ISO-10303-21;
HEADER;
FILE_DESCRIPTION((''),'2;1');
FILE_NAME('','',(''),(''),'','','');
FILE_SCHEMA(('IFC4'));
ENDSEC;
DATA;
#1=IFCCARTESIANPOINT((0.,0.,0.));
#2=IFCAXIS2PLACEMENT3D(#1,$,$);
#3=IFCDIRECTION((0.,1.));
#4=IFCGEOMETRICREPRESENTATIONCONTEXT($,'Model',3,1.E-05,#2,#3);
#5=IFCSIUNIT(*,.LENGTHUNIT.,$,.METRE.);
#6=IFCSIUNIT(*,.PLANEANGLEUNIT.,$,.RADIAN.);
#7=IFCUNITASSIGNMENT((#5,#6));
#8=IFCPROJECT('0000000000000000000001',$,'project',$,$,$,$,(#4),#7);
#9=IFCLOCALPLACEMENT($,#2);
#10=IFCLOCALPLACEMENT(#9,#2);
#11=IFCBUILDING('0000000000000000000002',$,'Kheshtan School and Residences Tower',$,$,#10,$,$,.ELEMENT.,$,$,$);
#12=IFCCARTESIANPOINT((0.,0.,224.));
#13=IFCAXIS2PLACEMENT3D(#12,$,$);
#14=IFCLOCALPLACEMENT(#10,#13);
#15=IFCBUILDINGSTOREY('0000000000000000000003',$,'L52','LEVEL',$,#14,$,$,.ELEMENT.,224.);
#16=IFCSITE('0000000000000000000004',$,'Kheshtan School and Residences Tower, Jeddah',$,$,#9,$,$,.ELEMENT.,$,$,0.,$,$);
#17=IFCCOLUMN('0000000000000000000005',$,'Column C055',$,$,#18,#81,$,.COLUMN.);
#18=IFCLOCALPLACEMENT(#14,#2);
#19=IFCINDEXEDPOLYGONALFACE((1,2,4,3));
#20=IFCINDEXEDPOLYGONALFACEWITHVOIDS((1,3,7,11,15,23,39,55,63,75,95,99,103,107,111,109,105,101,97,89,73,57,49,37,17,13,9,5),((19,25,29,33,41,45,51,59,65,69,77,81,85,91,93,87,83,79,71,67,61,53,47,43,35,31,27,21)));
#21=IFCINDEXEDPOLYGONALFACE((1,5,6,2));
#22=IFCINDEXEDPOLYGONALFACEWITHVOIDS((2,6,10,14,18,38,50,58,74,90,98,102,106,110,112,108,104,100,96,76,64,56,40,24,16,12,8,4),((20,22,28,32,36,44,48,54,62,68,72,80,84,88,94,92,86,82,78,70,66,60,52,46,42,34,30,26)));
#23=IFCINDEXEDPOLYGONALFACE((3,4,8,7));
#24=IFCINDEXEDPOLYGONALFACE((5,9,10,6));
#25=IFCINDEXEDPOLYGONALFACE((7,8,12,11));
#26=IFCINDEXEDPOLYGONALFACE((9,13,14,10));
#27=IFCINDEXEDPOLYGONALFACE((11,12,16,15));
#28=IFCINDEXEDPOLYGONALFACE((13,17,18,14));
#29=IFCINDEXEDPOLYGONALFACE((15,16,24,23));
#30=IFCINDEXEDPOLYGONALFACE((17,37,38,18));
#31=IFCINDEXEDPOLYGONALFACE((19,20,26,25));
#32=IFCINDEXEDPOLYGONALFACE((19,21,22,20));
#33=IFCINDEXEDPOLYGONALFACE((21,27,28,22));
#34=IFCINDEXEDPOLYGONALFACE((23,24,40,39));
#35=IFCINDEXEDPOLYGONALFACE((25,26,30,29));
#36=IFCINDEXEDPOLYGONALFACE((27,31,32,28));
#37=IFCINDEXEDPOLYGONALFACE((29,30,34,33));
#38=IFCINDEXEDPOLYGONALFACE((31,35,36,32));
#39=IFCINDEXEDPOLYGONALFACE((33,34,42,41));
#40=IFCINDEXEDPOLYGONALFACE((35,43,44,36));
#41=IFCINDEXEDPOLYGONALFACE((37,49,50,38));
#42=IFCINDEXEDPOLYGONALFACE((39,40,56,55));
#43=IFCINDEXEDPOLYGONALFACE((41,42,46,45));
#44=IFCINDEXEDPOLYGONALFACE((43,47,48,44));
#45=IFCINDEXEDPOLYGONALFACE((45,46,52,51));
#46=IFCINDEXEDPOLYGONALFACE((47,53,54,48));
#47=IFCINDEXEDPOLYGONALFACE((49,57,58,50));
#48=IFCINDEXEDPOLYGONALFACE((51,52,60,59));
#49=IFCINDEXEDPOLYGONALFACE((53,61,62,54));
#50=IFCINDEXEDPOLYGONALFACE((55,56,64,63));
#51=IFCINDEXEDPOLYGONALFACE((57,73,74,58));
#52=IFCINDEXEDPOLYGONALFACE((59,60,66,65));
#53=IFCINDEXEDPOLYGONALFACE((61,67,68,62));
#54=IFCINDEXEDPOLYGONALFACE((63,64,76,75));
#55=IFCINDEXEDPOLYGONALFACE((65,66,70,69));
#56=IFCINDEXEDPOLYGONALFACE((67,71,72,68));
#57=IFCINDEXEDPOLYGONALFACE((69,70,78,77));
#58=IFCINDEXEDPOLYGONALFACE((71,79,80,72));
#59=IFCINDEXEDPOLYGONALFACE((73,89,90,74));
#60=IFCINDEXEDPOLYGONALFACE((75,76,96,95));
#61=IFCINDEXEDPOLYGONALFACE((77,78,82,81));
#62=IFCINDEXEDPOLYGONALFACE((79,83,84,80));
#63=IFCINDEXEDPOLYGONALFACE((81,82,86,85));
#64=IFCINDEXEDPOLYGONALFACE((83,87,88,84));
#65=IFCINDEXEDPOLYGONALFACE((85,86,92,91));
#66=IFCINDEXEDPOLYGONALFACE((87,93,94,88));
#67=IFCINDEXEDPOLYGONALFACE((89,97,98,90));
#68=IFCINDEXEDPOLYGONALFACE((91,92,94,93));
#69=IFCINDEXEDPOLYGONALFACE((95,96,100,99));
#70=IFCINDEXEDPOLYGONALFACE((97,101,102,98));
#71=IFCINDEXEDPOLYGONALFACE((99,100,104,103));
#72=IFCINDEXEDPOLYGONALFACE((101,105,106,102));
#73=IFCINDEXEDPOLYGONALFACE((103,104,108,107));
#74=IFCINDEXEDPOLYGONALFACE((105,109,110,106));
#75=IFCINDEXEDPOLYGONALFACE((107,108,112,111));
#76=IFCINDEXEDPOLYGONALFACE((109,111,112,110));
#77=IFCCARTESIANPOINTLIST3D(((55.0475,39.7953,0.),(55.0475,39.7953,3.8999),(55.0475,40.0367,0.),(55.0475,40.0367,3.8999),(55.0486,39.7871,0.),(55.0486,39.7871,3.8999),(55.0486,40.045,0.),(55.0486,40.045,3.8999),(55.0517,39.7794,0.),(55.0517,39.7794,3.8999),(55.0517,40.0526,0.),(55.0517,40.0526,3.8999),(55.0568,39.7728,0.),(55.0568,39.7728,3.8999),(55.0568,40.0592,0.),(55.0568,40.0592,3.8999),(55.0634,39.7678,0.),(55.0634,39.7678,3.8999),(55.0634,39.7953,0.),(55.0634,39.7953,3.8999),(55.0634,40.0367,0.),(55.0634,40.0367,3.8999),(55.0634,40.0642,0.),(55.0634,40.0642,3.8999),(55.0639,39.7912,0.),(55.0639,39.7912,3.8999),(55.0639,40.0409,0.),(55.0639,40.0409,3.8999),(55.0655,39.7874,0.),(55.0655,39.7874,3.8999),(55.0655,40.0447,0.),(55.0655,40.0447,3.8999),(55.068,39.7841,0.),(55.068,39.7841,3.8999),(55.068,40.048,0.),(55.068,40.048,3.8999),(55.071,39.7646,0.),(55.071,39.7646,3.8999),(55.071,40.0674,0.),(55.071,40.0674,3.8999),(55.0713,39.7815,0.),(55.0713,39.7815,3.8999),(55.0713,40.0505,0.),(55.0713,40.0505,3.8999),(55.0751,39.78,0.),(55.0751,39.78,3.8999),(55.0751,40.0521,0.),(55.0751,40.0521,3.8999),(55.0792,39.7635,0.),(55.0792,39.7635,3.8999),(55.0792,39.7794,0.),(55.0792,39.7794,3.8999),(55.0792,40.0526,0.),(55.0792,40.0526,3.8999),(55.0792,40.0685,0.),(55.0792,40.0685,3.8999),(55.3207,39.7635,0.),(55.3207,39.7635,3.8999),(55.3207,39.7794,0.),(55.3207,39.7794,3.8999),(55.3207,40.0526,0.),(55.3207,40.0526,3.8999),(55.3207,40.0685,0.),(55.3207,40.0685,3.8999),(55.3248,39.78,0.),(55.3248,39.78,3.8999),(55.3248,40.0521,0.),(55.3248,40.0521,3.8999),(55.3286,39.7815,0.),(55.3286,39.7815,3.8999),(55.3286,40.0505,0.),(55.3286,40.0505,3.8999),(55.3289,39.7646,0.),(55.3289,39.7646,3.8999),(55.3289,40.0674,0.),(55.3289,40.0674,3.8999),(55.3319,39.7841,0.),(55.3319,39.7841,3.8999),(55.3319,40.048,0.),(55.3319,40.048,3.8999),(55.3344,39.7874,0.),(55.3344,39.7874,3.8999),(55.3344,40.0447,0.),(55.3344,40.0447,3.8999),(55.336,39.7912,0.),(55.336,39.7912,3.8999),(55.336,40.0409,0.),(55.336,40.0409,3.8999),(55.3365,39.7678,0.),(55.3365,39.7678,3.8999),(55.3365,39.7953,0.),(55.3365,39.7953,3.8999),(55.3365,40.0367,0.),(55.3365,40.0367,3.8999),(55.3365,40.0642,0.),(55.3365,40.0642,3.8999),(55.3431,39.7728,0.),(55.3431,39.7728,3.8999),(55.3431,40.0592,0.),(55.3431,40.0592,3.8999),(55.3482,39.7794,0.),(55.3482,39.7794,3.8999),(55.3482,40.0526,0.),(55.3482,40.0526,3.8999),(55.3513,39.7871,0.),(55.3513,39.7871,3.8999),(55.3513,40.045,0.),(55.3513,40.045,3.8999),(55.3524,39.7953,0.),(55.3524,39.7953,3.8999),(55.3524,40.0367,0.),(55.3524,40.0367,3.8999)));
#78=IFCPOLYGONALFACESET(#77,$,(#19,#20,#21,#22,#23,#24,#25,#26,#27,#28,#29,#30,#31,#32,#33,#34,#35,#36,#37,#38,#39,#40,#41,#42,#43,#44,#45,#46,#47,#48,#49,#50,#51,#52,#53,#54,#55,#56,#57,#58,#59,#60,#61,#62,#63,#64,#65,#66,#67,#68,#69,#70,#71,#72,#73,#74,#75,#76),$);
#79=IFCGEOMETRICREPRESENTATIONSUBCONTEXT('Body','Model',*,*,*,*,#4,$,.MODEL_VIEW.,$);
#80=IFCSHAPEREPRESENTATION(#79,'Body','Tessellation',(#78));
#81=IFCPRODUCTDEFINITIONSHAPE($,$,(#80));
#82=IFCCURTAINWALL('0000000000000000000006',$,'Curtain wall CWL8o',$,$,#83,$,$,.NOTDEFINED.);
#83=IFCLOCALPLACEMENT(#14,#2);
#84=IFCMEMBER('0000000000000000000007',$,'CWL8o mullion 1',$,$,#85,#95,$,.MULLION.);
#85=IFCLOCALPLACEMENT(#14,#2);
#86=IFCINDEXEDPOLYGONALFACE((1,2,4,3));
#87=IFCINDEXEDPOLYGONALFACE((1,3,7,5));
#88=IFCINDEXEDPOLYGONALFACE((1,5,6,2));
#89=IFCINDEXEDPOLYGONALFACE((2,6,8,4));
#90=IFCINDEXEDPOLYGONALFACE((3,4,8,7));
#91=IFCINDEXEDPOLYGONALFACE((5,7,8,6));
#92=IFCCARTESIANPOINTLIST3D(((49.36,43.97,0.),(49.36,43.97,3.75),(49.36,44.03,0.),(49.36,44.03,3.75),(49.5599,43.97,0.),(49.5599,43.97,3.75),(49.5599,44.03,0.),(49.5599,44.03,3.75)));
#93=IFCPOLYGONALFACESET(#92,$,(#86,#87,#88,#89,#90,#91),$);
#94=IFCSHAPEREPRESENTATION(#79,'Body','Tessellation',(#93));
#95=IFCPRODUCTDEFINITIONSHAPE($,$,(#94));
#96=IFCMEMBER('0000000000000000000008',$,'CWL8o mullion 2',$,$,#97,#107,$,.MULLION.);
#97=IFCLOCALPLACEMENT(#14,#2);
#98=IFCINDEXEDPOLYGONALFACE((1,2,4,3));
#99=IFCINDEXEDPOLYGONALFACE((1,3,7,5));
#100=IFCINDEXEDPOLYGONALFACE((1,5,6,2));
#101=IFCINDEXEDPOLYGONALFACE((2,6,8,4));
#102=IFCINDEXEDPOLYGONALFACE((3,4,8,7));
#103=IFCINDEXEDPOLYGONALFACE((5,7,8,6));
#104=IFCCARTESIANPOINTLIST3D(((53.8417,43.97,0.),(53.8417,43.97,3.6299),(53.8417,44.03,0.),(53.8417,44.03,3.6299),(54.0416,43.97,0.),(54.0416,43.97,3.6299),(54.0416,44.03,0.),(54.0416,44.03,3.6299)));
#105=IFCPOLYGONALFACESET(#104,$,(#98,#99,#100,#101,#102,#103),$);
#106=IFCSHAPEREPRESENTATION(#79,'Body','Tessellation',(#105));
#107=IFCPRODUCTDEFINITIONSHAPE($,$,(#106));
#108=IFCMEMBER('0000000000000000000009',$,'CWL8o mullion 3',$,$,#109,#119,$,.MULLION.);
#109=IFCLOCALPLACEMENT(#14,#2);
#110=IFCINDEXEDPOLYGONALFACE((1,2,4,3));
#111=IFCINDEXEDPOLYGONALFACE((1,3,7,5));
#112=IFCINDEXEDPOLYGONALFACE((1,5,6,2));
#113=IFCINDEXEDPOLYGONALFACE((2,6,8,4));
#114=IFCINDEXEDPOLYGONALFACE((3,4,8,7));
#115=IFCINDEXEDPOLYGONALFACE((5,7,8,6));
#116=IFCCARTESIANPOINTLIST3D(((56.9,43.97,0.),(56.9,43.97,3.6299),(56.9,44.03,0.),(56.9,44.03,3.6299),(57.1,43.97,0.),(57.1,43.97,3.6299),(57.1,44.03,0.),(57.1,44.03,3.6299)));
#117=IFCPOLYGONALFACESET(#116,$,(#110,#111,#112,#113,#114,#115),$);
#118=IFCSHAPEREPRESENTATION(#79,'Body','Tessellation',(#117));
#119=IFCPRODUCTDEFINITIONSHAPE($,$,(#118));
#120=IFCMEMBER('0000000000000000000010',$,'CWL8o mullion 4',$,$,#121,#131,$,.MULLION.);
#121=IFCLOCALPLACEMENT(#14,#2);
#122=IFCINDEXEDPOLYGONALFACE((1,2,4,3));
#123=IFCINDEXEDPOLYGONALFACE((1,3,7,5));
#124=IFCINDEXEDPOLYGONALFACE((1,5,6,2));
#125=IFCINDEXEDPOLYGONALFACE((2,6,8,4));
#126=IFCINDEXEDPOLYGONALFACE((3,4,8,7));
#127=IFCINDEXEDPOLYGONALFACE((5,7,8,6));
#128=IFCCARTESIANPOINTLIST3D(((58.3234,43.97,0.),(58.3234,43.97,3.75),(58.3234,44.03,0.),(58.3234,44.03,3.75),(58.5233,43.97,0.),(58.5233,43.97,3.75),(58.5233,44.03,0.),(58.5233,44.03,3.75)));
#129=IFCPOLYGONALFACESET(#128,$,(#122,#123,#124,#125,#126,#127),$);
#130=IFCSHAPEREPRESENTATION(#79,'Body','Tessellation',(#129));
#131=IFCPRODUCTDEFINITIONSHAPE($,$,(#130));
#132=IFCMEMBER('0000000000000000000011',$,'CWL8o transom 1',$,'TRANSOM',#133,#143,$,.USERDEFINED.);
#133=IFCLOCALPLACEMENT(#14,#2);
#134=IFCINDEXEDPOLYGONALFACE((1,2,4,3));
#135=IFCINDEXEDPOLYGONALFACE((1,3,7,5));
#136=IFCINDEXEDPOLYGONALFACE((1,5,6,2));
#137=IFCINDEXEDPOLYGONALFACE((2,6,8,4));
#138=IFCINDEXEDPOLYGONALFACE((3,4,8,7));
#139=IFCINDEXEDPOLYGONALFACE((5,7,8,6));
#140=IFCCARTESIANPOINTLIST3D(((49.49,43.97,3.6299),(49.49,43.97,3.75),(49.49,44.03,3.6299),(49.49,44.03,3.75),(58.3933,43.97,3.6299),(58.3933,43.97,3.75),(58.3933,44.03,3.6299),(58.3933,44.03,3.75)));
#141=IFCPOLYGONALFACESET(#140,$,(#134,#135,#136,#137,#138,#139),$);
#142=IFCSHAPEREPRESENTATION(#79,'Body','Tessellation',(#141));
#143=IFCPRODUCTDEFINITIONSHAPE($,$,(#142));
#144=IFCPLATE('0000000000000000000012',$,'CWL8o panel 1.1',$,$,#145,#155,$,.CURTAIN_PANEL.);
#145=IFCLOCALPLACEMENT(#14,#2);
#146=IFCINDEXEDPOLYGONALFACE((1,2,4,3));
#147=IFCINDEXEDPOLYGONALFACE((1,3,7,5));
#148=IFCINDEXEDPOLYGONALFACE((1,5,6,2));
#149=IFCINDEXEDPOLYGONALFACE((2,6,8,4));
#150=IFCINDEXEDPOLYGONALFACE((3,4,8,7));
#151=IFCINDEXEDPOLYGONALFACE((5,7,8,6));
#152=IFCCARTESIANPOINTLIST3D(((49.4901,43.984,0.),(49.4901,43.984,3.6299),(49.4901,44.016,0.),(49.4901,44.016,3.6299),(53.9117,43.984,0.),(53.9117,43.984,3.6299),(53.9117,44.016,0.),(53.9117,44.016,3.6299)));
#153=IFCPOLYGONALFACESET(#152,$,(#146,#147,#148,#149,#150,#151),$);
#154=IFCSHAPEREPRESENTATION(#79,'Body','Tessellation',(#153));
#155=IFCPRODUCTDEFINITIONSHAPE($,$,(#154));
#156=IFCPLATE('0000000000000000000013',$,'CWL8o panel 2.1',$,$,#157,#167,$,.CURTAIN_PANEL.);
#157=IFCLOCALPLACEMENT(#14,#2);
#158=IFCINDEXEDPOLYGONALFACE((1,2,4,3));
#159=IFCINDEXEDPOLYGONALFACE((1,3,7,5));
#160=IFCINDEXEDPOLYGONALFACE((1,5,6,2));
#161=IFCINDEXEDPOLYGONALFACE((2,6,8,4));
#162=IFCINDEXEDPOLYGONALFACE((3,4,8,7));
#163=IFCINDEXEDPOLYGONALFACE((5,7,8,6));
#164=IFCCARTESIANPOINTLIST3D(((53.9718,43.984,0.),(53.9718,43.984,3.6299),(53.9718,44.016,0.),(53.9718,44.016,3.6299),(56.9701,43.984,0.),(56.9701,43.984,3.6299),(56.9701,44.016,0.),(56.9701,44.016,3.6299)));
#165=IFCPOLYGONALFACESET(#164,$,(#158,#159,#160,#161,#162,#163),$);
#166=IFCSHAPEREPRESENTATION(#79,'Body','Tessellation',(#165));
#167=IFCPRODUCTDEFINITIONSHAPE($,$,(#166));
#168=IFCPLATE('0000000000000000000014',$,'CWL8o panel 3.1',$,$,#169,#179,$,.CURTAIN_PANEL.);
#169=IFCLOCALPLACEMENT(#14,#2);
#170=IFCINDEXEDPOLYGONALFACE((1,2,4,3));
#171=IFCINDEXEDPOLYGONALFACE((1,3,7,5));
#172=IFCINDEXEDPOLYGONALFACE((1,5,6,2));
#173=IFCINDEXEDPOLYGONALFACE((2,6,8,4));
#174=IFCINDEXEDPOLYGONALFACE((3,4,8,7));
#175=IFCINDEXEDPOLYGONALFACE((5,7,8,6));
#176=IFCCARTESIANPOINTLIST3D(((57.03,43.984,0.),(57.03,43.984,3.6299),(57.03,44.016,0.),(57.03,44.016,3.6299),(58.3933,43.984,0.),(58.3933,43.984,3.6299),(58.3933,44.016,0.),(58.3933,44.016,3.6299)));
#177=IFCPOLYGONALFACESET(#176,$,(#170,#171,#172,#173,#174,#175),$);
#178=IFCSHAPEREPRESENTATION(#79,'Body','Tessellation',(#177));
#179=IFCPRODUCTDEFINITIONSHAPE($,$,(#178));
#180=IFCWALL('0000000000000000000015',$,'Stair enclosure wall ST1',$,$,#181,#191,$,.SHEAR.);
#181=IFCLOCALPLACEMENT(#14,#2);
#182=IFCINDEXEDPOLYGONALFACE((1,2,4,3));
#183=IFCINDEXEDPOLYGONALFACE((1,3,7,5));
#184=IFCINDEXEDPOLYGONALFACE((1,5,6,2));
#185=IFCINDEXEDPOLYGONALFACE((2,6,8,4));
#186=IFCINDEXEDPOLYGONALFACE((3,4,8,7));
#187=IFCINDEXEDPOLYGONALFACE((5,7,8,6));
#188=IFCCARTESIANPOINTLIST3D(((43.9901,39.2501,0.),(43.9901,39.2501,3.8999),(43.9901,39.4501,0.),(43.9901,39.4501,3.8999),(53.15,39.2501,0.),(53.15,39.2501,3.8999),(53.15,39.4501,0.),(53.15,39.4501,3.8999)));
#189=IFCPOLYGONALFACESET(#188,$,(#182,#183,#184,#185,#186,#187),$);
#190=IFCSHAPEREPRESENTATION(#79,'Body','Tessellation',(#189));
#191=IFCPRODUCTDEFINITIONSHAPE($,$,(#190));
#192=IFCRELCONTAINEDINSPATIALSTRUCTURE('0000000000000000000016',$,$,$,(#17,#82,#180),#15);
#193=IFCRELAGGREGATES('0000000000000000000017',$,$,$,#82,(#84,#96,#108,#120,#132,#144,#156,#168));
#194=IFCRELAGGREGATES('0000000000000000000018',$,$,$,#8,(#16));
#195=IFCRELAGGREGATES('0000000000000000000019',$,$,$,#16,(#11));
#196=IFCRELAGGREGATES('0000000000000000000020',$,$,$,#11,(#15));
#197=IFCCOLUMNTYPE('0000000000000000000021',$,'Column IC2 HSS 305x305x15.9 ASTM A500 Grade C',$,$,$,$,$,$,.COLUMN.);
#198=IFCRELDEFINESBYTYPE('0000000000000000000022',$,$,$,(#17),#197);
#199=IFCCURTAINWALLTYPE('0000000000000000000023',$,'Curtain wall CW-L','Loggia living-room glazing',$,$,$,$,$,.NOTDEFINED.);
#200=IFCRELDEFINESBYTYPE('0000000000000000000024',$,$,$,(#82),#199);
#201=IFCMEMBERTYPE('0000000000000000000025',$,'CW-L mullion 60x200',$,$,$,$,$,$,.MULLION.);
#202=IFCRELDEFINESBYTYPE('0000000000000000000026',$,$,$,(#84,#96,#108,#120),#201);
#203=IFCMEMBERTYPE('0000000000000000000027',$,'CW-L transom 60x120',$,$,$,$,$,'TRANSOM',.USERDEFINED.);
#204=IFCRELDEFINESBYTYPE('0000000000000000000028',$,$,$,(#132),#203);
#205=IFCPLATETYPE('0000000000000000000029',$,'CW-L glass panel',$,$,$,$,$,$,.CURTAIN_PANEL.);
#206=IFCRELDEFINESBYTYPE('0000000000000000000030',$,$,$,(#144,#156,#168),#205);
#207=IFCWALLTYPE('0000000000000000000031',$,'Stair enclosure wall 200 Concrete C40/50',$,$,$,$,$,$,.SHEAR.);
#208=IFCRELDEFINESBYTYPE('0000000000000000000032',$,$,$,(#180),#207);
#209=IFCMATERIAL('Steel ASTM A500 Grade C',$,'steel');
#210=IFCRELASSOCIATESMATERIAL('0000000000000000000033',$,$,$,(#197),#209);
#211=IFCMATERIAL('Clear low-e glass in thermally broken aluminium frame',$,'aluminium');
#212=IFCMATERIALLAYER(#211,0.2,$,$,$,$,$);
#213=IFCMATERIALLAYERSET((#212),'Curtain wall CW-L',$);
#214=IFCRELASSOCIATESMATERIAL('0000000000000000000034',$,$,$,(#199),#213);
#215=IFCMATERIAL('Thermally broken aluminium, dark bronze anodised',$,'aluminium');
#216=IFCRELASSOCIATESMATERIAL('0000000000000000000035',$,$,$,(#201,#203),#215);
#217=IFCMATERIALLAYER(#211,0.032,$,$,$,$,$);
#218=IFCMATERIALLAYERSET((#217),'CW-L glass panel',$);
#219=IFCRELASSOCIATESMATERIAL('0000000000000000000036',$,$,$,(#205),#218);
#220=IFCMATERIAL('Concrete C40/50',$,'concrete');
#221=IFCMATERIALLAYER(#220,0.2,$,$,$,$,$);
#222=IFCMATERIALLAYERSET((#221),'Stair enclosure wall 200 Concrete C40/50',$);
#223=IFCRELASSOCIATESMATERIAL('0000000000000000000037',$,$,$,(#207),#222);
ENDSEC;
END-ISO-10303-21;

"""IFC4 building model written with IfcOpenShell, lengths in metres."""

from ifc_helpers import new_model, si_unit, direction, frame, frame_2d, origin, origin_2d, place, context, subcontext, project, spatial, rectangle, hollow_rectangle, extrude, material, layer, layer_set, material_profile, profile_set, type_object, element, aggregate, save


model = new_model("IFC4")

# Units and contexts
model_context = context("Model", 3, precision=1e-05, world=origin(), true_north=direction((0.0, 1.0)))
body_context = subcontext(model_context, "Body", "Model", "MODEL_VIEW")
ifc_project = project(units=[si_unit("LENGTHUNIT", "METRE"), si_unit("PLANEANGLEUNIT", "RADIAN")], contexts=[model_context])

# Site, building, storey
site_placement = place(None, origin())
site = spatial("IfcSite", under=ifc_project, at=site_placement, Name="Kheshtan School and Residences Tower, Jeddah", CompositionType="ELEMENT", RefElevation=0.0)
building_placement = place(site_placement, origin())
building = spatial("IfcBuilding", under=site, at=building_placement, Name="Kheshtan School and Residences Tower", CompositionType="ELEMENT")
storey_placement = place(building_placement, frame((0.0, 0.0, 224.0)))
storey = spatial("IfcBuildingStorey", under=building, at=storey_placement, Name="L52", Description="LEVEL", CompositionType="ELEMENT", Elevation=224.0)

# Column
ifc_material_1 = material(Name="Steel ASTM A500 Grade C", Category="steel")
ifc_material_profile_1 = material_profile(ifc_material_1, hollow_rectangle(XDim=0.3049, YDim=0.3049, WallThickness=0.0159, InnerFilletRadius=0.0159, OuterFilletRadius=0.0317, at=origin_2d()), Name="HSS 305x305x15.9")
ifc_profile_set_1 = profile_set([ifc_material_profile_1], Name="Steel ASTM A500 Grade C")
column_type = type_object("IfcColumnType", Name="Column IC2 HSS 305x305x15.9 ASTM A500 Grade C", PredefinedType="COLUMN", material=ifc_profile_set_1)
column_placement = place(storey_placement, frame((55.2, 39.916, 0.0), z_axis=(0.0, 0.0, 1.0), x_axis=(1.0, 0.0, 0.0)))
element("IfcColumn", 1, at=column_placement, inside=storey, type_object=column_type, Name="Column C055", PredefinedType="COLUMN", context=body_context, shape_type="SweptSolid", body=[
    extrude(hollow_rectangle(XDim=0.3049, YDim=0.3049, WallThickness=0.0159, InnerFilletRadius=0.0159, OuterFilletRadius=0.0317, at=origin_2d()), origin(), (0.0, 0.0, 1.0), 3.8999),
])

# Curtain wall, members, plates
ifc_material_2 = material(Name="Clear low-e glass in thermally broken aluminium frame", Category="aluminium")
ifc_layer_1 = layer(ifc_material_2, 0.2)
ifc_layer_set_1 = layer_set([ifc_layer_1], Name="Curtain wall CW-L")
curtain_wall_type = type_object("IfcCurtainWallType", Name="Curtain wall CW-L", Description="Loggia living-room glazing", PredefinedType="NOTDEFINED", material=ifc_layer_set_1)
curtain_wall_placement = place(storey_placement, origin())
curtain_wall = element("IfcCurtainWall", 2, at=curtain_wall_placement, inside=storey, type_object=curtain_wall_type, Name="Curtain wall CWL8o", PredefinedType="NOTDEFINED")
ifc_material_3 = material(Name="Thermally broken aluminium, dark bronze anodised", Category="aluminium")
ifc_material_profile_2 = material_profile(ifc_material_3, rectangle(XDim=0.0601, YDim=0.2, at=origin_2d()), Name="CW-L mullion 60x200")
ifc_profile_set_2 = profile_set([ifc_material_profile_2], Name="Thermally broken aluminium, dark bronze anodised")
member_type_1 = type_object("IfcMemberType", Name="CW-L mullion 60x200", PredefinedType="MULLION", material=ifc_profile_set_2)
member_1_placement = place(storey_placement, frame((49.46, 44.0, 0.0), z_axis=(0.0, 0.0, 1.0), x_axis=(0.0, 1.0, 0.0)))
member_1 = element("IfcMember", 3, at=member_1_placement, type_object=member_type_1, Name="CWL8o mullion 1", PredefinedType="MULLION", context=body_context, shape_type="SweptSolid", body=[
    extrude(rectangle(XDim=0.0601, YDim=0.2, at=origin_2d()), origin(), (0.0, 0.0, 1.0), 3.75),
])
member_2_placement = place(storey_placement, frame((53.9417, 44.0, 0.0), z_axis=(0.0, 0.0, 1.0), x_axis=(0.0, 1.0, 0.0)))
member_2 = element("IfcMember", 4, at=member_2_placement, type_object=member_type_1, Name="CWL8o mullion 2", PredefinedType="MULLION", context=body_context, shape_type="SweptSolid", body=[
    extrude(rectangle(XDim=0.0601, YDim=0.2, at=origin_2d()), origin(), (0.0, 0.0, 1.0), 3.6299),
])
member_3_placement = place(storey_placement, frame((57.0, 44.0, 0.0), z_axis=(0.0, 0.0, 1.0), x_axis=(0.0, 1.0, 0.0)))
member_3 = element("IfcMember", 5, at=member_3_placement, type_object=member_type_1, Name="CWL8o mullion 3", PredefinedType="MULLION", context=body_context, shape_type="SweptSolid", body=[
    extrude(rectangle(XDim=0.0601, YDim=0.2, at=origin_2d()), origin(), (0.0, 0.0, 1.0), 3.6299),
])
member_4_placement = place(storey_placement, frame((58.4233, 44.0, 0.0), z_axis=(0.0, 0.0, 1.0), x_axis=(0.0, 1.0, 0.0)))
member_4 = element("IfcMember", 6, at=member_4_placement, type_object=member_type_1, Name="CWL8o mullion 4", PredefinedType="MULLION", context=body_context, shape_type="SweptSolid", body=[
    extrude(rectangle(XDim=0.0601, YDim=0.2, at=origin_2d()), origin(), (0.0, 0.0, 1.0), 3.75),
])
ifc_material_profile_3 = material_profile(ifc_material_3, rectangle(XDim=0.0601, YDim=0.1201, at=origin_2d()), Name="CW-L transom 60x120")
ifc_profile_set_3 = profile_set([ifc_material_profile_3], Name="Thermally broken aluminium, dark bronze anodised")
member_type_2 = type_object("IfcMemberType", Name="CW-L transom 60x120", ElementType="TRANSOM", PredefinedType="USERDEFINED", material=ifc_profile_set_3)
member_5_placement = place(storey_placement, frame((49.49, 44.0, 3.6899), z_axis=(1.0, 0.0, 0.0), x_axis=(0.0, 1.0, 0.0)))
member_5 = element("IfcMember", 7, at=member_5_placement, type_object=member_type_2, Name="CWL8o transom 1", ObjectType="TRANSOM", PredefinedType="USERDEFINED", context=body_context, shape_type="SweptSolid", body=[
    extrude(rectangle(XDim=0.0601, YDim=0.1201, at=origin_2d()), origin(), (0.0, 0.0, 1.0), 8.9033),
])
ifc_layer_2 = layer(ifc_material_2, 0.032)
ifc_layer_set_2 = layer_set([ifc_layer_2], Name="CW-L glass panel")
plate_type = type_object("IfcPlateType", Name="CW-L glass panel", PredefinedType="CURTAIN_PANEL", material=ifc_layer_set_2)
plate_1_placement = place(storey_placement, frame((51.7009, 44.0, 0.0), z_axis=(0.0, 0.0, 1.0), x_axis=(1.0, 0.0, 0.0)))
plate_1 = element("IfcPlate", 8, at=plate_1_placement, type_object=plate_type, Name="CWL8o panel 1.1", PredefinedType="CURTAIN_PANEL", context=body_context, shape_type="SweptSolid", body=[
    extrude(rectangle(XDim=4.4216, YDim=0.032, at=origin_2d()), origin(), (0.0, 0.0, 1.0), 3.6299),
])
plate_2_placement = place(storey_placement, frame((55.4709, 44.0, 0.0), z_axis=(0.0, 0.0, 1.0), x_axis=(1.0, 0.0, 0.0)))
plate_2 = element("IfcPlate", 9, at=plate_2_placement, type_object=plate_type, Name="CWL8o panel 2.1", PredefinedType="CURTAIN_PANEL", context=body_context, shape_type="SweptSolid", body=[
    extrude(rectangle(XDim=2.9983, YDim=0.032, at=origin_2d()), origin(), (0.0, 0.0, 1.0), 3.6299),
])
plate_3_placement = place(storey_placement, frame((57.7117, 44.0, 0.0), z_axis=(0.0, 0.0, 1.0), x_axis=(1.0, 0.0, 0.0)))
plate_3 = element("IfcPlate", 10, at=plate_3_placement, type_object=plate_type, Name="CWL8o panel 3.1", PredefinedType="CURTAIN_PANEL", context=body_context, shape_type="SweptSolid", body=[
    extrude(rectangle(XDim=1.3633, YDim=0.032, at=origin_2d()), origin(), (0.0, 0.0, 1.0), 3.6299),
])
aggregate(curtain_wall, [member_1, member_2, member_3, member_4, member_5, plate_1, plate_2, plate_3])

# Wall
ifc_material_4 = material(Name="Concrete C40/50", Category="concrete")
ifc_layer_3 = layer(ifc_material_4, 0.2)
ifc_layer_set_3 = layer_set([ifc_layer_3], Name="Stair enclosure wall 200 Concrete C40/50")
wall_type_1 = type_object("IfcWallType", Name="Stair enclosure wall 200 Concrete C40/50", PredefinedType="SHEAR", material=ifc_layer_set_3)
wall_1_placement = place(storey_placement, frame((43.99, 39.3501, 0.0), z_axis=(0.0, 0.0, 1.0), x_axis=(1.0, 0.0, 0.0)))
element("IfcWall", 11, at=wall_1_placement, inside=storey, type_object=wall_type_1, Name="Stair enclosure wall ST1", PredefinedType="SHEAR", context=body_context, shape_type="SweptSolid", body=[
    extrude(rectangle(XDim=9.1599, YDim=0.2, at=frame_2d((4.5801, 0.0))), origin(), (0.0, 0.0, 1.0), 3.8999),
])

save(model, "model.ifc")
